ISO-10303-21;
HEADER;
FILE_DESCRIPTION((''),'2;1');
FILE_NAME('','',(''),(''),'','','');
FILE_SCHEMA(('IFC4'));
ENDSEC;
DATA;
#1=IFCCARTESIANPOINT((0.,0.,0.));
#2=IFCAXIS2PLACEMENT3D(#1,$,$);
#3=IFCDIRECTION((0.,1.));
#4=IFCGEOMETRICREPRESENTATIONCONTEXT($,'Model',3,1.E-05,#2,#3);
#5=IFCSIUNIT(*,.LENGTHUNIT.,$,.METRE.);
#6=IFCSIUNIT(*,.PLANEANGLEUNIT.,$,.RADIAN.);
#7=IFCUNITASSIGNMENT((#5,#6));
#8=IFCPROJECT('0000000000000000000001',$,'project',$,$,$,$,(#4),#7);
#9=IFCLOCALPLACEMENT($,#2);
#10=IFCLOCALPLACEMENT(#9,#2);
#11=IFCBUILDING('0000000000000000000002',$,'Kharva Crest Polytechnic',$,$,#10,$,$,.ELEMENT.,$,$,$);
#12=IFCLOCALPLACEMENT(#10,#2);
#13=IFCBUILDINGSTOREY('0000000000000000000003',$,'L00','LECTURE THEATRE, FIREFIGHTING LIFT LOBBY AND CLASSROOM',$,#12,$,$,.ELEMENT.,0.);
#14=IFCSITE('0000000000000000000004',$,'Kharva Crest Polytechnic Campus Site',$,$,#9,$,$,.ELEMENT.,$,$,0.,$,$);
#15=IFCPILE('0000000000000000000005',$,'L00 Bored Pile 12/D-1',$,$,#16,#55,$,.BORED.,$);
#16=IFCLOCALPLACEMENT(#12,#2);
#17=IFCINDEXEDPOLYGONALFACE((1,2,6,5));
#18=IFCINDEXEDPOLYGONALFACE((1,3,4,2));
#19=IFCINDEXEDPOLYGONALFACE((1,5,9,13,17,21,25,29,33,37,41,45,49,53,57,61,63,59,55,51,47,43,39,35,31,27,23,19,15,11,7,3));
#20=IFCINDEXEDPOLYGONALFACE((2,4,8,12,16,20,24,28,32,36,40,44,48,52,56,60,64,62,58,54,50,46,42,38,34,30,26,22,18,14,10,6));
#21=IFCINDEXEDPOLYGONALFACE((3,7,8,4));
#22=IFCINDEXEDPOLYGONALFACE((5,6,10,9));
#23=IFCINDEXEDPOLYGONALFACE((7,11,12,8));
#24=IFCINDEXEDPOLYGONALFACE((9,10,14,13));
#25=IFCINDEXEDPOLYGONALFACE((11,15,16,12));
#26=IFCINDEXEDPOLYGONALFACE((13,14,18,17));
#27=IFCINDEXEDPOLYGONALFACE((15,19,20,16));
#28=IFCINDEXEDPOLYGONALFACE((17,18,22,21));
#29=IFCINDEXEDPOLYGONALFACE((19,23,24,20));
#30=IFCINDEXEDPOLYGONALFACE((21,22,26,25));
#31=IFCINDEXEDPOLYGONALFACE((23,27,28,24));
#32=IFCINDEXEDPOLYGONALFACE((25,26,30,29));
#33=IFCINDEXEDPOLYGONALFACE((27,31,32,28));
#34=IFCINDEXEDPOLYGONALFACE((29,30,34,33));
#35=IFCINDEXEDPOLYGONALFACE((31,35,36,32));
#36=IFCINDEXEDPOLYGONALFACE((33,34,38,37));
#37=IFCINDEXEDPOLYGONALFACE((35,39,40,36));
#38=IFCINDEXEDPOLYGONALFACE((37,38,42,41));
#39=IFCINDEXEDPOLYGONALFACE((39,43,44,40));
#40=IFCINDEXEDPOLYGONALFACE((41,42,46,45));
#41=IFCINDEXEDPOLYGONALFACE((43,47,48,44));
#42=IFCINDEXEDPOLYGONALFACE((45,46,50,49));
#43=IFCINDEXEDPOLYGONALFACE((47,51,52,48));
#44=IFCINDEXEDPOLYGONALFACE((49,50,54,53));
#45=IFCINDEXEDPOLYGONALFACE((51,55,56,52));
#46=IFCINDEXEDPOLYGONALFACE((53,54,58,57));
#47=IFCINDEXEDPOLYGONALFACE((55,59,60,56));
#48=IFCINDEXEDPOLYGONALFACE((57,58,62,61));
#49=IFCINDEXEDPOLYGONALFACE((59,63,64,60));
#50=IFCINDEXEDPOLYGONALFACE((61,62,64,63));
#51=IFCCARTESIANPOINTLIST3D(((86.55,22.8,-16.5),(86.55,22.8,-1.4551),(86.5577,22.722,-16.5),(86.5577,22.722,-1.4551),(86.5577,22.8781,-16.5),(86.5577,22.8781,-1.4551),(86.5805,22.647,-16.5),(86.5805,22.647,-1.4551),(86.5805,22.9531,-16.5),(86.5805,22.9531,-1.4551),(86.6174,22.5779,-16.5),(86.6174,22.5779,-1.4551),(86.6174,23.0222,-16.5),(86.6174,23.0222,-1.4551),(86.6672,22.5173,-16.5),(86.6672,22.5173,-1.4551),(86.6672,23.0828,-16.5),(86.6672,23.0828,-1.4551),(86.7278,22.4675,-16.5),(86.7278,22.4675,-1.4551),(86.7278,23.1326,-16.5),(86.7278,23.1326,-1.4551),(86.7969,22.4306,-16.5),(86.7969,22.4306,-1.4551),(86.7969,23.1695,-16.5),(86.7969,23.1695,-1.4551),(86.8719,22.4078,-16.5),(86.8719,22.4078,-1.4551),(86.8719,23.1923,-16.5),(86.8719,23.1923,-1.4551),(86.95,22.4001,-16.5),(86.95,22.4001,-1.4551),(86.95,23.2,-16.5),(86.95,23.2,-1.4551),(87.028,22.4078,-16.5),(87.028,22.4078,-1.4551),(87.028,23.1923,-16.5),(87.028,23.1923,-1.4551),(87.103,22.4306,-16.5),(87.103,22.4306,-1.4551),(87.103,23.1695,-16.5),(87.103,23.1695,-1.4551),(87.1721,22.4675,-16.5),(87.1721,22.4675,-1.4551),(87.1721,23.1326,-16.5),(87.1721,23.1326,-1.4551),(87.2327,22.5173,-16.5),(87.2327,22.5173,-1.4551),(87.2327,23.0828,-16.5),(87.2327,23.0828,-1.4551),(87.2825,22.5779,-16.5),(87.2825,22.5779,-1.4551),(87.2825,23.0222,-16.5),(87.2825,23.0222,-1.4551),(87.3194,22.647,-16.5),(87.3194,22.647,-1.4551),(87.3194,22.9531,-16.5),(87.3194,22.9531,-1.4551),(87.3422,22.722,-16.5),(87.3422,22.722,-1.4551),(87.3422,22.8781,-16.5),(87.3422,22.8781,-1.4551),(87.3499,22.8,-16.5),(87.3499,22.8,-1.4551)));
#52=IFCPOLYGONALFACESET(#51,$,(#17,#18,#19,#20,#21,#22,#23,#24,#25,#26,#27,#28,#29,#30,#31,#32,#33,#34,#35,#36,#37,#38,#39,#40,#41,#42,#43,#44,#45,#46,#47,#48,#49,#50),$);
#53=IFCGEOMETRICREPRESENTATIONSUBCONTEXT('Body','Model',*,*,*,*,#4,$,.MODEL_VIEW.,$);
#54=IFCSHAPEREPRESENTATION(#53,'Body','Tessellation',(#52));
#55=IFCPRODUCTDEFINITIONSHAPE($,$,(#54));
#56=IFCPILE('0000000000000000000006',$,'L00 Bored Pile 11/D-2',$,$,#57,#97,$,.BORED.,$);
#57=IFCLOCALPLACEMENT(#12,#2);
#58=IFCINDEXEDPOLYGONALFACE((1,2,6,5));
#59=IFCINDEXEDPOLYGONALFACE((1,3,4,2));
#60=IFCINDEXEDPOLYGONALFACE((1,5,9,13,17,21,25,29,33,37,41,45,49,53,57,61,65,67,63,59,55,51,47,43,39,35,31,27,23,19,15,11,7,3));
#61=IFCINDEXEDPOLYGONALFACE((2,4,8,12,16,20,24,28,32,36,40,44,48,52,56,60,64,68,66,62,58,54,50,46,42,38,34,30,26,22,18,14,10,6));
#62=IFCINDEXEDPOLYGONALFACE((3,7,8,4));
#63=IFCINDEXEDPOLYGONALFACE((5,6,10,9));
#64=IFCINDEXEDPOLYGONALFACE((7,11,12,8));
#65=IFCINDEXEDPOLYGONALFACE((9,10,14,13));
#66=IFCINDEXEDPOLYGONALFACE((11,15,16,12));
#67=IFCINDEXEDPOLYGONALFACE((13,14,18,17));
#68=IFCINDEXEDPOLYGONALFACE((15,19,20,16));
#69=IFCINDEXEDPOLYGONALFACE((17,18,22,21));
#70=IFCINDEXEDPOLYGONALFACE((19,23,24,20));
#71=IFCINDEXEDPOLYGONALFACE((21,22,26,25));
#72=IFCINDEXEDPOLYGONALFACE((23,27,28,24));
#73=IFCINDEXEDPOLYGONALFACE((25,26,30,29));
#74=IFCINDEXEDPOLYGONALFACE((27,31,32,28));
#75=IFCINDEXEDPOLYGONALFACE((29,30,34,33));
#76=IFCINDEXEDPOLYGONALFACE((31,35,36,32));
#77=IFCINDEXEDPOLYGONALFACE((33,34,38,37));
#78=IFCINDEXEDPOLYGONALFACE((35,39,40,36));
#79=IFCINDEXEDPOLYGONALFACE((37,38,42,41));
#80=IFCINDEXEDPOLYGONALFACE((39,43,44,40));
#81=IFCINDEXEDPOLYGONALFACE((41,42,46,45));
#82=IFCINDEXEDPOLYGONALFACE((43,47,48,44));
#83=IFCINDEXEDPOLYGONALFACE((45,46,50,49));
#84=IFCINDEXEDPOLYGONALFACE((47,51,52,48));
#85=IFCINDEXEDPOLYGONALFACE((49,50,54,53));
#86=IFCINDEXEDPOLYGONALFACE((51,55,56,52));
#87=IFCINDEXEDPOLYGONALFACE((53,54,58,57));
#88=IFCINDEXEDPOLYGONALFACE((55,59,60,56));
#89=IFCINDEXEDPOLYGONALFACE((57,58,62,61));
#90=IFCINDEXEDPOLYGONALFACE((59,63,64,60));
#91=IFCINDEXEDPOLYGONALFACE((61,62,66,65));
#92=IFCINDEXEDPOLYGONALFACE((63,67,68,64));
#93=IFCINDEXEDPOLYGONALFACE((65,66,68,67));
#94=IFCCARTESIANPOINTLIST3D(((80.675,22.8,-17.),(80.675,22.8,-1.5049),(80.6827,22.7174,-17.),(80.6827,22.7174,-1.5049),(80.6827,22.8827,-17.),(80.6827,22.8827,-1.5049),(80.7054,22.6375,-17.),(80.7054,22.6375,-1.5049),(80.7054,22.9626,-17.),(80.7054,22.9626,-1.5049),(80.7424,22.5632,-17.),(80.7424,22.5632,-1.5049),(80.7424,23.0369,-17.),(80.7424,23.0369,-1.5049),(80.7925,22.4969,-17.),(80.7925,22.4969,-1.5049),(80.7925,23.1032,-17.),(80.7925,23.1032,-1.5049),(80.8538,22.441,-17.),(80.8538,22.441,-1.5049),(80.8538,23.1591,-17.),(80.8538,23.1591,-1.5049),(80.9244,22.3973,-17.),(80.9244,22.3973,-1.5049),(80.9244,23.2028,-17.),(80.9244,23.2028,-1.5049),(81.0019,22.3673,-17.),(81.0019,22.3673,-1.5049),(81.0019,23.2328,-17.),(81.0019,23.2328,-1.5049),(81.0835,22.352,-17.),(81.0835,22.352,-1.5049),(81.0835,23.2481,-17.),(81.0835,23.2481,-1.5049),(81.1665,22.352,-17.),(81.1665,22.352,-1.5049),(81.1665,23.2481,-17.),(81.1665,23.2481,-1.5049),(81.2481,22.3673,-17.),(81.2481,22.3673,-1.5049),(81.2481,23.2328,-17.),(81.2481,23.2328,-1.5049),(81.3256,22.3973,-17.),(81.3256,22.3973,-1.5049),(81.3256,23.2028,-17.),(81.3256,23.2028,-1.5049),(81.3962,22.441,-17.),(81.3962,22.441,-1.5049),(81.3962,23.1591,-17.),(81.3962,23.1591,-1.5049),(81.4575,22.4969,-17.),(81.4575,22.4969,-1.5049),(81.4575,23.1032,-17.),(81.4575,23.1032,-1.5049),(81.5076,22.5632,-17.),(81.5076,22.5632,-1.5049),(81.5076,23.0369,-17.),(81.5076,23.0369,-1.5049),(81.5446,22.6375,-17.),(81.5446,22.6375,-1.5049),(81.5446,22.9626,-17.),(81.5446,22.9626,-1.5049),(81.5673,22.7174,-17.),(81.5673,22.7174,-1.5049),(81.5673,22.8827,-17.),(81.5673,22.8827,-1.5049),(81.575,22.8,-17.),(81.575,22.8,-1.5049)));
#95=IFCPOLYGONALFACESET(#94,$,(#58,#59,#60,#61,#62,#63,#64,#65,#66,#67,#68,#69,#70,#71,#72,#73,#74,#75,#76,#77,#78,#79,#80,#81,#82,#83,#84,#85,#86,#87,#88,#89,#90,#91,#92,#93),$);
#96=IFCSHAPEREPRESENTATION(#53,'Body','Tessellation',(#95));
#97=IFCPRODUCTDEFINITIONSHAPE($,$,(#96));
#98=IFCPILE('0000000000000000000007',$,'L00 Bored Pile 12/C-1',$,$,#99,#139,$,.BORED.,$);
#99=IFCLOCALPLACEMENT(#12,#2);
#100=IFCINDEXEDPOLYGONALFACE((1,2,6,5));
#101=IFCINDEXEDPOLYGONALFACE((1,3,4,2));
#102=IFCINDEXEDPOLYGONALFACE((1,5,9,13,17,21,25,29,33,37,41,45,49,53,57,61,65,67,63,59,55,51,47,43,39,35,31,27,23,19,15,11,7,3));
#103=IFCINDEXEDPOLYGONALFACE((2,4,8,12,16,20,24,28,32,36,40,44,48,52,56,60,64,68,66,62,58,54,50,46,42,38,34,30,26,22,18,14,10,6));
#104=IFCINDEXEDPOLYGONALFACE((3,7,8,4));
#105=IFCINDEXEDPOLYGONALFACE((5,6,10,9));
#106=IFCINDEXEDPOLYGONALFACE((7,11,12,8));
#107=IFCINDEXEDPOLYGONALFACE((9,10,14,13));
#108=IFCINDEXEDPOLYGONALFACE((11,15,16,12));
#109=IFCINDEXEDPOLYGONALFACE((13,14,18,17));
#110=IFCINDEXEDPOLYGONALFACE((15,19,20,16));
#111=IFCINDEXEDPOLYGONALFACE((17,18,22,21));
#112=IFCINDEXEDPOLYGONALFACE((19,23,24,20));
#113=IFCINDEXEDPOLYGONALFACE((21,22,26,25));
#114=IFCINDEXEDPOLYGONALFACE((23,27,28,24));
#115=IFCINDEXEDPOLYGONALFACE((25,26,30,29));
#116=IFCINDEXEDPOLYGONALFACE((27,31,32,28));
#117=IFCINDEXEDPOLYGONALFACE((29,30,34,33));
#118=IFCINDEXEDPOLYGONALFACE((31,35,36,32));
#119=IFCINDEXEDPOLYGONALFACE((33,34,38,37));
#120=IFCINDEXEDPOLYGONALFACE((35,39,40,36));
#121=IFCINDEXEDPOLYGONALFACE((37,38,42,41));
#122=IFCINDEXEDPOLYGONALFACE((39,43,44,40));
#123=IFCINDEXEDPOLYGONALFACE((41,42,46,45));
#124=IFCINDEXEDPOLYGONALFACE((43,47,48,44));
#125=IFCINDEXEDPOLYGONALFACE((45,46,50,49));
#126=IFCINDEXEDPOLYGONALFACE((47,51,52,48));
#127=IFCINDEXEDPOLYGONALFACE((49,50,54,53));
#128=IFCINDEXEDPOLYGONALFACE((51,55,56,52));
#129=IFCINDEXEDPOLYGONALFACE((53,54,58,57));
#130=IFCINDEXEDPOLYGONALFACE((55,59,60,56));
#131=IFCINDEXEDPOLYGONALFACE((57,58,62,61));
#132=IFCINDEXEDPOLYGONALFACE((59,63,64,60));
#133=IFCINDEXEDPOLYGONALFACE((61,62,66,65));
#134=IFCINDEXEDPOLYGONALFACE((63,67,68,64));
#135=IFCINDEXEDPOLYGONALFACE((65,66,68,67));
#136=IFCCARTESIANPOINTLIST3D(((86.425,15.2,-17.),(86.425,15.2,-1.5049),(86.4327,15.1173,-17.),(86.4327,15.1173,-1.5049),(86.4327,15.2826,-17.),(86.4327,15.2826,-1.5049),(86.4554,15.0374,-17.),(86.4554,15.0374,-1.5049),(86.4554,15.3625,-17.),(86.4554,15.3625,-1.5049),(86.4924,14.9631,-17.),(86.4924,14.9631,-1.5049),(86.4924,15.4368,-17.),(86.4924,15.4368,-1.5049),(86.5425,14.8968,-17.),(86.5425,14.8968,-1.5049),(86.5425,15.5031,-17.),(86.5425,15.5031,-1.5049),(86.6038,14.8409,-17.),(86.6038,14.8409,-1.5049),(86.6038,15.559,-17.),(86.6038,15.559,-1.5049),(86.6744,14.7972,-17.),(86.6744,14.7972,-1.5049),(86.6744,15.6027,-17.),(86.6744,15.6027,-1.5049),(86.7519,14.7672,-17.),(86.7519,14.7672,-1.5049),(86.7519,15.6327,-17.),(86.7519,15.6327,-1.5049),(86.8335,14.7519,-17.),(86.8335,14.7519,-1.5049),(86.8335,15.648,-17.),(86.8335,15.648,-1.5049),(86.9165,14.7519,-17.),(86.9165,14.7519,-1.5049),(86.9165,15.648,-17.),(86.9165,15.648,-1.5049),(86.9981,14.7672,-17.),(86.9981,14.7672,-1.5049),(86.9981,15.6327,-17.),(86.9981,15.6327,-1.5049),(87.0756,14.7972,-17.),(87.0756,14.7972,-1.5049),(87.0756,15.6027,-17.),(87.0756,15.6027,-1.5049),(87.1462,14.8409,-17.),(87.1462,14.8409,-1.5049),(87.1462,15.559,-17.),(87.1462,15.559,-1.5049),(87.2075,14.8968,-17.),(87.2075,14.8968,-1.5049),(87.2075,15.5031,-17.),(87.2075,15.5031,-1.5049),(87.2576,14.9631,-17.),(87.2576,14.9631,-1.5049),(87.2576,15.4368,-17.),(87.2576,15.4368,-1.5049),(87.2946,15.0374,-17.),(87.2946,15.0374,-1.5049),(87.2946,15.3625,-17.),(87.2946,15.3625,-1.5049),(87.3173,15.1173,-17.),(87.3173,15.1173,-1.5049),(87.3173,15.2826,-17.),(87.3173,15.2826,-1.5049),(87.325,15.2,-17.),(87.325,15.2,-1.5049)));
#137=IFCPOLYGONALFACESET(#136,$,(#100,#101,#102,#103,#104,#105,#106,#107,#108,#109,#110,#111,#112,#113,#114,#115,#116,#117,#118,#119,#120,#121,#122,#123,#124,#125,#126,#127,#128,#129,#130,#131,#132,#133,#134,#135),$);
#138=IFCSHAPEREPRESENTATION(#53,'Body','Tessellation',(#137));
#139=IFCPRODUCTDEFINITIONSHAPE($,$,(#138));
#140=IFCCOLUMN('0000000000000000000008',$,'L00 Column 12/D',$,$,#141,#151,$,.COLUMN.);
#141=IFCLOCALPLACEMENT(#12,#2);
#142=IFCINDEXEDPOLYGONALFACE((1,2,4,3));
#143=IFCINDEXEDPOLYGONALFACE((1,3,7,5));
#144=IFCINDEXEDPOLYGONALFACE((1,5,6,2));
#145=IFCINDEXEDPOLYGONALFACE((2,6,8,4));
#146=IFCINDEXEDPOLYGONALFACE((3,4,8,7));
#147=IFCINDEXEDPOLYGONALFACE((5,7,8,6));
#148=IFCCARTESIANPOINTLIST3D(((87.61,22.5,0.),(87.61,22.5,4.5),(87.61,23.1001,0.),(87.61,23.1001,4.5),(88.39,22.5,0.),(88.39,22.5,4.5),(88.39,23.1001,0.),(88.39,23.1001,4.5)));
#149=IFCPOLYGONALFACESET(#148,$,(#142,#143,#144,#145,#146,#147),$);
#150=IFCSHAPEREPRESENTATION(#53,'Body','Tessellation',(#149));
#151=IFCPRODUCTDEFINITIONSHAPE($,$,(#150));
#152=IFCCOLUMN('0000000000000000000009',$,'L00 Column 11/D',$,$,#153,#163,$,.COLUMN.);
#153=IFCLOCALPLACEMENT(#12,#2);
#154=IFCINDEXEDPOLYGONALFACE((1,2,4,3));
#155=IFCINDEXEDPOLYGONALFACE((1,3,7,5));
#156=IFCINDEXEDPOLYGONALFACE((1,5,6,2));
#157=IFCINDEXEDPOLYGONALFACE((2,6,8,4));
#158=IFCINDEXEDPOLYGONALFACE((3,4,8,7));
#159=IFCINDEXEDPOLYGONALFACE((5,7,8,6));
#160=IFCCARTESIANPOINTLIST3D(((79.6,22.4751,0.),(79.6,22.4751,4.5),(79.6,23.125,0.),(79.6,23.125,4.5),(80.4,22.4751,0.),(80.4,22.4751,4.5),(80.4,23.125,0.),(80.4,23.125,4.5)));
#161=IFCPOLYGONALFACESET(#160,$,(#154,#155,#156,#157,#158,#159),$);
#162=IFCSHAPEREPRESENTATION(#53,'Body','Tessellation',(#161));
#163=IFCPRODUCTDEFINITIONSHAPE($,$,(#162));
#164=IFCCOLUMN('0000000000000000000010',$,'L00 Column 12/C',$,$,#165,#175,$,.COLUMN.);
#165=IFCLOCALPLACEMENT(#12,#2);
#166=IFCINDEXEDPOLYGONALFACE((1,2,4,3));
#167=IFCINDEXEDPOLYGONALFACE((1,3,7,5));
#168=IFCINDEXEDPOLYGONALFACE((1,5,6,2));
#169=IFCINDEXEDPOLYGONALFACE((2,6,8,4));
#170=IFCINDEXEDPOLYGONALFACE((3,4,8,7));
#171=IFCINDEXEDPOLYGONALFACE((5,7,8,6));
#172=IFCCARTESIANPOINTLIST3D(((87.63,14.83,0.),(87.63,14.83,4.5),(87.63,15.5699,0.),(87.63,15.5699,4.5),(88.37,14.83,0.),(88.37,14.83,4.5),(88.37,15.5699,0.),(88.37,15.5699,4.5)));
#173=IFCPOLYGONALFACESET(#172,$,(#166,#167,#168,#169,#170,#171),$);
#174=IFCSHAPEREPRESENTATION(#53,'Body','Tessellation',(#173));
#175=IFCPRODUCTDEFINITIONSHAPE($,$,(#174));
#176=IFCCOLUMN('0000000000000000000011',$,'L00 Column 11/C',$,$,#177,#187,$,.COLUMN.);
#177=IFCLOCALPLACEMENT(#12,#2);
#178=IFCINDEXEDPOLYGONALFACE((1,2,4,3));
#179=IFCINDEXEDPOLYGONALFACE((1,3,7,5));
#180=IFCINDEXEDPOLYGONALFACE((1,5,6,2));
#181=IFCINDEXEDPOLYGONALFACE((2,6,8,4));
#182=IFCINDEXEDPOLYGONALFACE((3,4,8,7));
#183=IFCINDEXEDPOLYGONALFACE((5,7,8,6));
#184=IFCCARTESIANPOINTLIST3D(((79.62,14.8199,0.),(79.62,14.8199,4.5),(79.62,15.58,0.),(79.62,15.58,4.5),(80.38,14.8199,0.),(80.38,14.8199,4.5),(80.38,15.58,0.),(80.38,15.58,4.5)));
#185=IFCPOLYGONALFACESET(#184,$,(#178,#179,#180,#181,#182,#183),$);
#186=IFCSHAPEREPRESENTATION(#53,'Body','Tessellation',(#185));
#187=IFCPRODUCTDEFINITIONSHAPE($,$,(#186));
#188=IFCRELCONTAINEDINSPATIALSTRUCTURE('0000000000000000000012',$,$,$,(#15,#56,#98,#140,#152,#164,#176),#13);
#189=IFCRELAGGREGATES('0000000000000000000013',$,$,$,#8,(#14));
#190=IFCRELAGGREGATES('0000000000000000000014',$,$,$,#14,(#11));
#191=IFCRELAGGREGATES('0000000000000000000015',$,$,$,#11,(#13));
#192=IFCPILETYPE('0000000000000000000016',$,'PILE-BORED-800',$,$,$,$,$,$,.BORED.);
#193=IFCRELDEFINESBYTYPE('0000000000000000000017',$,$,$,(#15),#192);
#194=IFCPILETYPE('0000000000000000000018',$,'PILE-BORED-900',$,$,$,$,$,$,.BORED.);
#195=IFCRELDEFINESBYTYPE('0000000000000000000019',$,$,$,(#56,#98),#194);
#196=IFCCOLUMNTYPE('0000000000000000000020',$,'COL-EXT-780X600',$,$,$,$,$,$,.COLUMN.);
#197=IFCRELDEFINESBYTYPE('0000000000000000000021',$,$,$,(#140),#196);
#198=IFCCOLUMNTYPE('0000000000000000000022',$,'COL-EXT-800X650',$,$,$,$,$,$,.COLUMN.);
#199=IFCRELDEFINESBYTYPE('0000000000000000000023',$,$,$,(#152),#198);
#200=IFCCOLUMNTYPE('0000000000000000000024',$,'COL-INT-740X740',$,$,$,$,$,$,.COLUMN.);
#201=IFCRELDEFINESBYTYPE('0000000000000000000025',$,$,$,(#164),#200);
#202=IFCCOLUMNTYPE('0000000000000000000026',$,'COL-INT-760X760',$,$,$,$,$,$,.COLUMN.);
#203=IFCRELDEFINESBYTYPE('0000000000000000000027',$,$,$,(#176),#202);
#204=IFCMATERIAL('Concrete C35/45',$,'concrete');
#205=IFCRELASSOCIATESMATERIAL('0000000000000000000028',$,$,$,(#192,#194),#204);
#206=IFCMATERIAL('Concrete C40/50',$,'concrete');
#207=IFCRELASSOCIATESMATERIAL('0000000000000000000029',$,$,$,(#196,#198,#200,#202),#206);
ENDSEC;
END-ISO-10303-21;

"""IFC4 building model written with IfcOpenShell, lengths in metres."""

from ifc_helpers import new_model, si_unit, direction, frame, origin, origin_2d, place, context, subcontext, project, spatial, rectangle, circle, extrude, material, material_profile, profile_set, type_object, element, save


model = new_model("IFC4")

# Units and contexts
model_context = context("Model", 3, precision=1e-05, world=origin(), true_north=direction((0.0, 1.0)))
body_context = subcontext(model_context, "Body", "Model", "MODEL_VIEW")
ifc_project = project(units=[si_unit("LENGTHUNIT", "METRE"), si_unit("PLANEANGLEUNIT", "RADIAN")], contexts=[model_context])

# Site, building, storey
site_placement = place(None, origin())
site = spatial("IfcSite", under=ifc_project, at=site_placement, Name="Kharva Crest Polytechnic Campus Site", CompositionType="ELEMENT", RefElevation=0.0)
building_placement = place(site_placement, origin())
building = spatial("IfcBuilding", under=site, at=building_placement, Name="Kharva Crest Polytechnic", CompositionType="ELEMENT")
storey_placement = place(building_placement, origin())
storey = spatial("IfcBuildingStorey", under=building, at=storey_placement, Name="L00", Description="LECTURE THEATRE, FIREFIGHTING LIFT LOBBY AND CLASSROOM", CompositionType="ELEMENT", Elevation=0.0)

# Shared definitions
ifc_material_1 = material(Name="Concrete C35/45", Category="concrete")

# Piles
ifc_material_profile_1 = material_profile(ifc_material_1, circle(Radius=0.3999, at=origin_2d()), Name="DIA 800")
ifc_profile_set_1 = profile_set([ifc_material_profile_1], Name="Concrete C35/45")
pile_type_1 = type_object("IfcPileType", Name="PILE-BORED-800", PredefinedType="BORED", material=ifc_profile_set_1)
for number, where, z_axis, x_axis, name in (
    (1, (86.95, 22.8, -1.4551), (0.0, 0.0, -1.0), (1.0, 0.0, 0.0), "L00 Bored Pile 12/D-1"),
):
    element("IfcPile", number, at=place(storey_placement, frame(where, z_axis=z_axis, x_axis=x_axis)), inside=storey, type_object=pile_type_1, Name=name, PredefinedType="BORED", context=body_context, shape_type="SweptSolid", body=[
        extrude(circle(Radius=0.3999, at=origin_2d()), origin(), (0.0, 0.0, 1.0), 15.0449),
    ])
ifc_material_profile_2 = material_profile(ifc_material_1, circle(Radius=0.45, at=origin_2d()), Name="DIA 900")
ifc_profile_set_2 = profile_set([ifc_material_profile_2], Name="Concrete C35/45")
pile_type_2 = type_object("IfcPileType", Name="PILE-BORED-900", PredefinedType="BORED", material=ifc_profile_set_2)
for number, where, z_axis, x_axis, name in (
    (2, (81.125, 22.8, -1.5049), (0.0, 0.0, -1.0), (1.0, 0.0, 0.0), "L00 Bored Pile 11/D-2"),
    (3, (86.875, 15.2, -1.5049), (0.0, 0.0, -1.0), (1.0, 0.0, 0.0), "L00 Bored Pile 12/C-1"),
):
    element("IfcPile", number, at=place(storey_placement, frame(where, z_axis=z_axis, x_axis=x_axis)), inside=storey, type_object=pile_type_2, Name=name, PredefinedType="BORED", context=body_context, shape_type="SweptSolid", body=[
        extrude(circle(Radius=0.45, at=origin_2d()), origin(), (0.0, 0.0, 1.0), 15.4951),
    ])

# Columns
ifc_material_2 = material(Name="Concrete C40/50", Category="concrete")
ifc_material_profile_3 = material_profile(ifc_material_2, rectangle(XDim=0.78, YDim=0.6001, at=origin_2d()), Name="RECT 780 X 600")
ifc_profile_set_3 = profile_set([ifc_material_profile_3], Name="Concrete C40/50")
column_type_1 = type_object("IfcColumnType", Name="COL-EXT-780X600", PredefinedType="COLUMN", material=ifc_profile_set_3)
column_1_placement = place(storey_placement, frame((88.0, 22.8, 0.0), z_axis=(0.0, 0.0, 1.0), x_axis=(1.0, 0.0, 0.0)))
element("IfcColumn", 4, at=column_1_placement, inside=storey, type_object=column_type_1, Name="L00 Column 12/D", PredefinedType="COLUMN", context=body_context, shape_type="SweptSolid", body=[
    extrude(rectangle(XDim=0.78, YDim=0.6001, at=origin_2d()), origin(), (0.0, 0.0, 1.0), 4.5),
])
ifc_material_profile_4 = material_profile(ifc_material_2, rectangle(XDim=0.8, YDim=0.6499, at=origin_2d()), Name="RECT 800 X 650")
ifc_profile_set_4 = profile_set([ifc_material_profile_4], Name="Concrete C40/50")
column_type_2 = type_object("IfcColumnType", Name="COL-EXT-800X650", PredefinedType="COLUMN", material=ifc_profile_set_4)
column_2_placement = place(storey_placement, frame((80.0, 22.8, 0.0), z_axis=(0.0, 0.0, 1.0), x_axis=(1.0, 0.0, 0.0)))
element("IfcColumn", 5, at=column_2_placement, inside=storey, type_object=column_type_2, Name="L00 Column 11/D", PredefinedType="COLUMN", context=body_context, shape_type="SweptSolid", body=[
    extrude(rectangle(XDim=0.8, YDim=0.6499, at=origin_2d()), origin(), (0.0, 0.0, 1.0), 4.5),
])
ifc_material_profile_5 = material_profile(ifc_material_2, rectangle(XDim=0.74, YDim=0.74, at=origin_2d()), Name="RECT 740 X 740")
ifc_profile_set_5 = profile_set([ifc_material_profile_5], Name="Concrete C40/50")
column_type_3 = type_object("IfcColumnType", Name="COL-INT-740X740", PredefinedType="COLUMN", material=ifc_profile_set_5)
column_3_placement = place(storey_placement, frame((88.0, 15.2, 0.0), z_axis=(0.0, 0.0, 1.0), x_axis=(1.0, 0.0, 0.0)))
element("IfcColumn", 6, at=column_3_placement, inside=storey, type_object=column_type_3, Name="L00 Column 12/C", PredefinedType="COLUMN", context=body_context, shape_type="SweptSolid", body=[
    extrude(rectangle(XDim=0.74, YDim=0.74, at=origin_2d()), origin(), (0.0, 0.0, 1.0), 4.5),
])
ifc_material_profile_6 = material_profile(ifc_material_2, rectangle(XDim=0.76, YDim=0.76, at=origin_2d()), Name="RECT 760 X 760")
ifc_profile_set_6 = profile_set([ifc_material_profile_6], Name="Concrete C40/50")
column_type_4 = type_object("IfcColumnType", Name="COL-INT-760X760", PredefinedType="COLUMN", material=ifc_profile_set_6)
column_4_placement = place(storey_placement, frame((80.0, 15.2, 0.0), z_axis=(0.0, 0.0, 1.0), x_axis=(1.0, 0.0, 0.0)))
element("IfcColumn", 7, at=column_4_placement, inside=storey, type_object=column_type_4, Name="L00 Column 11/C", PredefinedType="COLUMN", context=body_context, shape_type="SweptSolid", body=[
    extrude(rectangle(XDim=0.76, YDim=0.76, at=origin_2d()), origin(), (0.0, 0.0, 1.0), 4.5),
])

save(model, "model.ifc")
